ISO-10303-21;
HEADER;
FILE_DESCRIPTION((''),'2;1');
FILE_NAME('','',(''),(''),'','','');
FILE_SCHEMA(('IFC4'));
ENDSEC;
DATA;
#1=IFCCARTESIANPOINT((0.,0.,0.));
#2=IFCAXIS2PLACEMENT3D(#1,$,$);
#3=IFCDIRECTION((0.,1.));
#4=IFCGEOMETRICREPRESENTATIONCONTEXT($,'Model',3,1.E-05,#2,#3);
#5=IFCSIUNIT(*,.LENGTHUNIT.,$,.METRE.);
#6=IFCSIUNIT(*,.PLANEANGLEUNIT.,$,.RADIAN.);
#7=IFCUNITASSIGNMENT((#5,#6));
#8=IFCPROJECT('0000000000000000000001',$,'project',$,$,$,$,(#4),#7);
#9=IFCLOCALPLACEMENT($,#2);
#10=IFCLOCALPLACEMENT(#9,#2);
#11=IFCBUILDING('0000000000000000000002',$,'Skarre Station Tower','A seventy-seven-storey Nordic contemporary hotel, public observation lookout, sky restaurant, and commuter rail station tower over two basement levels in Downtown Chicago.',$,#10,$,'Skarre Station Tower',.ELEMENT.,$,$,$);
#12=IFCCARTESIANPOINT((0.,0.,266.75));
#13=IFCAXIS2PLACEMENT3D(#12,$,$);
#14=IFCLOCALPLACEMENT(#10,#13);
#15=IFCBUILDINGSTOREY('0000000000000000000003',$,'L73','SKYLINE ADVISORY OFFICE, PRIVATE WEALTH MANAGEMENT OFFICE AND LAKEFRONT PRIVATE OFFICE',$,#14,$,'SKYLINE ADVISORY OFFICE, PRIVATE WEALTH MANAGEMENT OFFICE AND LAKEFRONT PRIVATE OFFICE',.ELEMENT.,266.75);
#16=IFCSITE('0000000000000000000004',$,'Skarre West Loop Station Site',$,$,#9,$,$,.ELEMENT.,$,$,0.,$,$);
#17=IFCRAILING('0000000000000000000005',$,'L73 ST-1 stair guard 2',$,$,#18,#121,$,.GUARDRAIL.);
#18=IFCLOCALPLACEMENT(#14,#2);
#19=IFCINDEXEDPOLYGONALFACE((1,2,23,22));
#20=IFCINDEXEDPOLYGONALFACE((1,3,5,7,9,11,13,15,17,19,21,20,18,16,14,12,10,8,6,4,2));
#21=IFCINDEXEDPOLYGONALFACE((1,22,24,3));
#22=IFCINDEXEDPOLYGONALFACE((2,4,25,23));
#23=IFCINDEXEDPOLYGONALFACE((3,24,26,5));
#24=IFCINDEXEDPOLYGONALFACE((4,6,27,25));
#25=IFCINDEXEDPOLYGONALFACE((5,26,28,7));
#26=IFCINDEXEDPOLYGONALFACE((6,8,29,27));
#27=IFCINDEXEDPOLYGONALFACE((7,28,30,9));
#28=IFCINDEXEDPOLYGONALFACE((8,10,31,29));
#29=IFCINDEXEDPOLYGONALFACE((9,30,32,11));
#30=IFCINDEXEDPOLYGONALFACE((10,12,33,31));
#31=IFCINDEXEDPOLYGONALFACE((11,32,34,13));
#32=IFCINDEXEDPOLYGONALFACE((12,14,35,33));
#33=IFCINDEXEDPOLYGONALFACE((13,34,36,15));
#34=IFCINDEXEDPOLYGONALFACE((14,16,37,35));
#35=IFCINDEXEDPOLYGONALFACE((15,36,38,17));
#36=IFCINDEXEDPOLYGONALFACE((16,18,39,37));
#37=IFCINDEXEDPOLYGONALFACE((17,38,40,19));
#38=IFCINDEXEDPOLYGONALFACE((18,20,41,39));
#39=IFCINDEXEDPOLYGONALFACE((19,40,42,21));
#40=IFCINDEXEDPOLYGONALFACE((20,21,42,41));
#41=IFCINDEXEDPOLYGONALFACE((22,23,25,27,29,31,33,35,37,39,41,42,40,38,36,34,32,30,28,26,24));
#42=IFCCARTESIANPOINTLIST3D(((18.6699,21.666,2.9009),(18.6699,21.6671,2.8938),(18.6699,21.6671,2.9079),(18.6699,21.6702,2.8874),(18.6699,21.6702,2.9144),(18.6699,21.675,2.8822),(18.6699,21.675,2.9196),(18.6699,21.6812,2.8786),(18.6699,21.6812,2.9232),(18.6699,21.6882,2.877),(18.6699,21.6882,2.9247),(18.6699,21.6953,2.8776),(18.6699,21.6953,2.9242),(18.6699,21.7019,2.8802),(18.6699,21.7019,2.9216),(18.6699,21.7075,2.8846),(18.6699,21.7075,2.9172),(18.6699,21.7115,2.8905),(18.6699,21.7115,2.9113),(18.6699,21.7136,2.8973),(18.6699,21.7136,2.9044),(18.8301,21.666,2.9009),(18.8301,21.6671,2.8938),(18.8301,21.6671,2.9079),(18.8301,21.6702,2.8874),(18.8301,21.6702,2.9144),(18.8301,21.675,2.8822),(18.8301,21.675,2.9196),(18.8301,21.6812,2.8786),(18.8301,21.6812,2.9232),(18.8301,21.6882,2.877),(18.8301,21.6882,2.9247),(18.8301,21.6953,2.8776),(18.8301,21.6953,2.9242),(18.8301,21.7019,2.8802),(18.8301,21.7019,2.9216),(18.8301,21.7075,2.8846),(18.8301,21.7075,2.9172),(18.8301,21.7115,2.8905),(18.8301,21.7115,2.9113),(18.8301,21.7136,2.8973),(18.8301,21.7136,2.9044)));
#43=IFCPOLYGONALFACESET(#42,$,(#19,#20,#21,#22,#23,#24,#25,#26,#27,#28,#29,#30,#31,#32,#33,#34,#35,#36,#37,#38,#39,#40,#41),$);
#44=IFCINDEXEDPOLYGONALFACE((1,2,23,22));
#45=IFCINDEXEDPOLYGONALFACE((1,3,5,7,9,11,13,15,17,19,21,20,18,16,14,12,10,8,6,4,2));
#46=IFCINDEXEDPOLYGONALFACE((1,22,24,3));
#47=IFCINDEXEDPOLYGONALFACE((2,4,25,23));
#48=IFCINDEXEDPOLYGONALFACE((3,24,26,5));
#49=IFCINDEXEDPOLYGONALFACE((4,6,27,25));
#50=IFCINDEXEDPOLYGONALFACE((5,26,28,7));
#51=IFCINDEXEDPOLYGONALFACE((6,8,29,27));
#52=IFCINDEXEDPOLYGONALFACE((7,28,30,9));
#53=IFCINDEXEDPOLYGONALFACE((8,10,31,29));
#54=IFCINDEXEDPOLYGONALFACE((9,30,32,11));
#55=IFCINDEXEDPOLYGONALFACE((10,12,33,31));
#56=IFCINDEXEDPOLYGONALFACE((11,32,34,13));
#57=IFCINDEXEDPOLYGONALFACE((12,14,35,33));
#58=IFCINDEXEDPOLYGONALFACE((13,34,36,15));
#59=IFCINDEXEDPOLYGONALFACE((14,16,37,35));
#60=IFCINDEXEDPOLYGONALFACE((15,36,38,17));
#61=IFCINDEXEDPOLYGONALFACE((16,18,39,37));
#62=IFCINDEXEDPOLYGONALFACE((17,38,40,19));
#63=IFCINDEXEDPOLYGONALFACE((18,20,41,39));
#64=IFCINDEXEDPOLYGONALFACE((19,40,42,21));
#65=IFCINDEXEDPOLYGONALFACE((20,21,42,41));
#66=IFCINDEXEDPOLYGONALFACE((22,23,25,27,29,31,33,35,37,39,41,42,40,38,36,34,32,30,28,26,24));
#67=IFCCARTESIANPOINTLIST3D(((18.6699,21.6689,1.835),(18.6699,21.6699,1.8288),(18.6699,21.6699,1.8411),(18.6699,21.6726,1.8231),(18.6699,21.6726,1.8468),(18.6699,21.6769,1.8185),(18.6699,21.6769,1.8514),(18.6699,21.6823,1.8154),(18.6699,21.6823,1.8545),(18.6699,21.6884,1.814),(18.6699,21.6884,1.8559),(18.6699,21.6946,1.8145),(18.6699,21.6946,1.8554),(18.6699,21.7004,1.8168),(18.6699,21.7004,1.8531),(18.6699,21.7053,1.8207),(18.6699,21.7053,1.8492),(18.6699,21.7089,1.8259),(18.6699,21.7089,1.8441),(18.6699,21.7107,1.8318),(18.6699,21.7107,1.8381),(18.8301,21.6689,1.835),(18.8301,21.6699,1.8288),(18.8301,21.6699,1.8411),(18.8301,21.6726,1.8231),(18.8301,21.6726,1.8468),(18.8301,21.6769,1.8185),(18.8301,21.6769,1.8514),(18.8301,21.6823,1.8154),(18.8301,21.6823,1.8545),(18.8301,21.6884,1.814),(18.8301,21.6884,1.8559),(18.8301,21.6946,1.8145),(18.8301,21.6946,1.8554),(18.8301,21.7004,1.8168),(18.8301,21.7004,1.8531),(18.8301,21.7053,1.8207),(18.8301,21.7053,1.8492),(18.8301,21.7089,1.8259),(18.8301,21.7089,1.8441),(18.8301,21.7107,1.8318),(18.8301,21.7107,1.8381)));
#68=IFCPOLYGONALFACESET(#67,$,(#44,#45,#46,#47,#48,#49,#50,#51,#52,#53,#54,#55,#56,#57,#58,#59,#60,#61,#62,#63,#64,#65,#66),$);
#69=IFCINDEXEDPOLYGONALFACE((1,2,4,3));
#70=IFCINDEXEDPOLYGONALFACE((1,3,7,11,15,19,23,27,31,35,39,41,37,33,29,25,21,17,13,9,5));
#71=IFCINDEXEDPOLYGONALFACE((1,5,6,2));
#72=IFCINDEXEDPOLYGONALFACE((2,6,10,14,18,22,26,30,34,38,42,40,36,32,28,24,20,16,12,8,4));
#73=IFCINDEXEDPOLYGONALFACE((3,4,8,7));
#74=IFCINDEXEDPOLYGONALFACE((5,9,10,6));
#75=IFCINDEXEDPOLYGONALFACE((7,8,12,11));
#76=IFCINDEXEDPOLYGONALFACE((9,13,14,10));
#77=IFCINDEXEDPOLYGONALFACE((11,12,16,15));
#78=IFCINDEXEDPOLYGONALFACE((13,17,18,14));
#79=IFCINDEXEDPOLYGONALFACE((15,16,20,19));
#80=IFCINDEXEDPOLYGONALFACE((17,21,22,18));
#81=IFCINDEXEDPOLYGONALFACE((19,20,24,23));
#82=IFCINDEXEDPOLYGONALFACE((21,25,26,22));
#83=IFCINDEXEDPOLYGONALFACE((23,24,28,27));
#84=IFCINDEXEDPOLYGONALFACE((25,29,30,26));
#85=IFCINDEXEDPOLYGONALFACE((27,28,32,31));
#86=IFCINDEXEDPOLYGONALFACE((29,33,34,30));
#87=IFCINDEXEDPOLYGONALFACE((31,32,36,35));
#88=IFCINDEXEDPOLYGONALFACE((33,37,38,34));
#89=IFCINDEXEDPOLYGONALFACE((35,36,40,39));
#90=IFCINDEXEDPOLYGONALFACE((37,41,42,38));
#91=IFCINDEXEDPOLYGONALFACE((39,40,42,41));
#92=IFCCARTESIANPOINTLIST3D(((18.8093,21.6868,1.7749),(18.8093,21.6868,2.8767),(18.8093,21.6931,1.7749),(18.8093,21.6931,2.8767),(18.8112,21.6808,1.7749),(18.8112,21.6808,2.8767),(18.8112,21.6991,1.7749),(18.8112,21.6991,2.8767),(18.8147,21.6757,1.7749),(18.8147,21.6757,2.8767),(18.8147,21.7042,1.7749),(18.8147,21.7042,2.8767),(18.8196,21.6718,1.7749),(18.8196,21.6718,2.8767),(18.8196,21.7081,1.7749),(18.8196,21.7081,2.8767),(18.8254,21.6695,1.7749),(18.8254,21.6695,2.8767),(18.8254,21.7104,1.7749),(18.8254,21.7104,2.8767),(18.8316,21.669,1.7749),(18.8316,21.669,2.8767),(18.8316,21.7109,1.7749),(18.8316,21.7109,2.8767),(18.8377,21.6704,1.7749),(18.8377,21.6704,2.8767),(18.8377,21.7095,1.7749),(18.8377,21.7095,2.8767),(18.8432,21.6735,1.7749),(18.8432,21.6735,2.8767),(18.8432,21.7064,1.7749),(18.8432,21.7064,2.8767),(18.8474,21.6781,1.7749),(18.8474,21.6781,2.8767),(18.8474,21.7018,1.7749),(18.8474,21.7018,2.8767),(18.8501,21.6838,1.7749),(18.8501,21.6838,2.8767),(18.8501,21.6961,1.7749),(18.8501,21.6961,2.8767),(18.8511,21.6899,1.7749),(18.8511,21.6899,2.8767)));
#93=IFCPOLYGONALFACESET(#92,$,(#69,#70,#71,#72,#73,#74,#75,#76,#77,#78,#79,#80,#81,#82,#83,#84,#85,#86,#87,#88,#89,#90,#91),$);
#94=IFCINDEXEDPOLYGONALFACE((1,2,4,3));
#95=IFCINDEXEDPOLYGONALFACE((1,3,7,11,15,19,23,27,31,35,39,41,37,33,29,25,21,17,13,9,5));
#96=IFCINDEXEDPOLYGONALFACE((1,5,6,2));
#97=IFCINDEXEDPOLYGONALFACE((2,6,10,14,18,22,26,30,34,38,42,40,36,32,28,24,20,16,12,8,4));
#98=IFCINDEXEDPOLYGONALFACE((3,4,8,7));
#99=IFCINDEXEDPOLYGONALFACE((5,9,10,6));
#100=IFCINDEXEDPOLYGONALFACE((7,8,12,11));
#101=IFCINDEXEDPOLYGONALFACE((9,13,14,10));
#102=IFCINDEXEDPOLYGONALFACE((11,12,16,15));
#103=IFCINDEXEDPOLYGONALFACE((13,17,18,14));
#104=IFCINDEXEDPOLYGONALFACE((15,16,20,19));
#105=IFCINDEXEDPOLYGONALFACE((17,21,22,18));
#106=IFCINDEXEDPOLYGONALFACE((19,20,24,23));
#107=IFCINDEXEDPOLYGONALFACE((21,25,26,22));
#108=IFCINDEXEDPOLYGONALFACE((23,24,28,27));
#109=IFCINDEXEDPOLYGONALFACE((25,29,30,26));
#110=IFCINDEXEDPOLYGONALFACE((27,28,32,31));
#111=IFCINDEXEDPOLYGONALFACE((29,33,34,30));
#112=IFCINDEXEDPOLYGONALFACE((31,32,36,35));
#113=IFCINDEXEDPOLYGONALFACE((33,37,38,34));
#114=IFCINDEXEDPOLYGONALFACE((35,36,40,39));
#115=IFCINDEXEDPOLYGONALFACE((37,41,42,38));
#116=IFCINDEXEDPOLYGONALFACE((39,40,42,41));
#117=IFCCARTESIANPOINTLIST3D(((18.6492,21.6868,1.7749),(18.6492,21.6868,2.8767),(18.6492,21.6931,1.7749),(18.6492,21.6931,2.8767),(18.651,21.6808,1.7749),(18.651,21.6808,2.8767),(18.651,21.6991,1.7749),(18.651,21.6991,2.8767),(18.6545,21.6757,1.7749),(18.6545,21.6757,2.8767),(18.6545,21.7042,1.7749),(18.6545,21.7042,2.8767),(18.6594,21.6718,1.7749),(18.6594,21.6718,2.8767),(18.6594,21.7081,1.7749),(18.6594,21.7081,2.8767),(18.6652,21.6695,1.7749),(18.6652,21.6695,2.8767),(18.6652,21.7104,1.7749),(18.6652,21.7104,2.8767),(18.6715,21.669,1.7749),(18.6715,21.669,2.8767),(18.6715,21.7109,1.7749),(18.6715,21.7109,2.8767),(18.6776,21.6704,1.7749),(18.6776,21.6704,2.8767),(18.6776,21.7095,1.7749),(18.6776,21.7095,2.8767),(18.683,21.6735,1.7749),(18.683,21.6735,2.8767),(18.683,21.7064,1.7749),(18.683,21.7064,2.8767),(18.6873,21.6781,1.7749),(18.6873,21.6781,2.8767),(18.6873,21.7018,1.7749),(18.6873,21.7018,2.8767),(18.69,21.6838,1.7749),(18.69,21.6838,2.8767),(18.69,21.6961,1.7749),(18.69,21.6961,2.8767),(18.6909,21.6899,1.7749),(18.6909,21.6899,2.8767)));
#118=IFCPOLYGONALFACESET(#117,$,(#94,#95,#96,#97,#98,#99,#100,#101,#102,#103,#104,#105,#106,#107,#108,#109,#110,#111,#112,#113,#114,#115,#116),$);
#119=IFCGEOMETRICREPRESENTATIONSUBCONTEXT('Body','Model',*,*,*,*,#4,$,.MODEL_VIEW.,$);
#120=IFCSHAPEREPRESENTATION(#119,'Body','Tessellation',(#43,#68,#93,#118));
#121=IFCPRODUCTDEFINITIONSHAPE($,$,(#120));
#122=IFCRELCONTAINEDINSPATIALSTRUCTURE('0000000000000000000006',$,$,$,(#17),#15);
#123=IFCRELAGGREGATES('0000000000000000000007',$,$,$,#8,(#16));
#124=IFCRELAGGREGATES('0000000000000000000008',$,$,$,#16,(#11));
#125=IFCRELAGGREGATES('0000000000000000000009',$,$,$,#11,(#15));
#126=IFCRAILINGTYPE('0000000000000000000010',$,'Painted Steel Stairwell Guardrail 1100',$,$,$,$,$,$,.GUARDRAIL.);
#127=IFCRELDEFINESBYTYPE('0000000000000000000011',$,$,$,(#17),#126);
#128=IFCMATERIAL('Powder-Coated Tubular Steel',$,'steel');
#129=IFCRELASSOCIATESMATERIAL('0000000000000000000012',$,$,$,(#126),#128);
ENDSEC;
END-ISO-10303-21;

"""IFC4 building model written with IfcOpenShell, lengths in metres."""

from ifc_helpers import new_model, si_unit, direction, frame, origin, origin_2d, place, context, subcontext, project, spatial, circle, extrude, material, type_object, element, save


model = new_model("IFC4")

# Units and contexts
model_context = context("Model", 3, precision=1e-05, world=origin(), true_north=direction((0.0, 1.0)))
body_context = subcontext(model_context, "Body", "Model", "MODEL_VIEW")
ifc_project = project(units=[si_unit("LENGTHUNIT", "METRE"), si_unit("PLANEANGLEUNIT", "RADIAN")], contexts=[model_context])

# Site, building, storey
site_placement = place(None, origin())
site = spatial("IfcSite", under=ifc_project, at=site_placement, Name="Skarre West Loop Station Site", CompositionType="ELEMENT", RefElevation=0.0)
building_placement = place(site_placement, origin())
building = spatial("IfcBuilding", under=site, at=building_placement, Name="Skarre Station Tower", Description="A seventy-seven-storey Nordic contemporary hotel, public observation lookout, sky restaurant, and commuter rail station tower over two basement levels in Downtown Chicago.", LongName="Skarre Station Tower", CompositionType="ELEMENT")
storey_placement = place(building_placement, frame((0.0, 0.0, 266.75)))
storey = spatial("IfcBuildingStorey", under=building, at=storey_placement, Name="L73", Description="SKYLINE ADVISORY OFFICE, PRIVATE WEALTH MANAGEMENT OFFICE AND LAKEFRONT PRIVATE OFFICE", LongName="SKYLINE ADVISORY OFFICE, PRIVATE WEALTH MANAGEMENT OFFICE AND LAKEFRONT PRIVATE OFFICE", CompositionType="ELEMENT", Elevation=266.75)

# Railing
ifc_material_1 = material(Name="Powder-Coated Tubular Steel", Category="steel")
railing_type_1 = type_object("IfcRailingType", Name="Painted Steel Stairwell Guardrail 1100", PredefinedType="GUARDRAIL", material=ifc_material_1)
railing_1_placement = place(storey_placement, frame((18.8301, 21.6899, 1.7749)))
element("IfcRailing", 1, at=railing_1_placement, inside=storey, type_object=railing_type_1, Name="L73 ST-1 stair guard 2", PredefinedType="GUARDRAIL", context=body_context, shape_type="SweptSolid", body=[
    extrude(circle(Radius=0.0239, at=origin_2d()), frame((0.0, 0.0, 1.126), z_axis=(-1.0, 0.0, 0.0), x_axis=(0.0, -1.0, 0.0)), (0.0, 0.0, 1.0), 0.1602),
    extrude(circle(Radius=0.021, at=origin_2d()), frame((0.0, 0.0, 0.0601), z_axis=(-1.0, 0.0, 0.0), x_axis=(0.0, -1.0, 0.0)), (0.0, 0.0, 1.0), 0.1602),
    extrude(circle(Radius=0.021, at=origin_2d()), origin(), (0.0, 0.0, 1.0), 1.1018),
    extrude(circle(Radius=0.021, at=origin_2d()), frame((-0.1602, 0.0, 0.0)), (0.0, 0.0, 1.0), 1.1018),
])

save(model, "model.ifc")
